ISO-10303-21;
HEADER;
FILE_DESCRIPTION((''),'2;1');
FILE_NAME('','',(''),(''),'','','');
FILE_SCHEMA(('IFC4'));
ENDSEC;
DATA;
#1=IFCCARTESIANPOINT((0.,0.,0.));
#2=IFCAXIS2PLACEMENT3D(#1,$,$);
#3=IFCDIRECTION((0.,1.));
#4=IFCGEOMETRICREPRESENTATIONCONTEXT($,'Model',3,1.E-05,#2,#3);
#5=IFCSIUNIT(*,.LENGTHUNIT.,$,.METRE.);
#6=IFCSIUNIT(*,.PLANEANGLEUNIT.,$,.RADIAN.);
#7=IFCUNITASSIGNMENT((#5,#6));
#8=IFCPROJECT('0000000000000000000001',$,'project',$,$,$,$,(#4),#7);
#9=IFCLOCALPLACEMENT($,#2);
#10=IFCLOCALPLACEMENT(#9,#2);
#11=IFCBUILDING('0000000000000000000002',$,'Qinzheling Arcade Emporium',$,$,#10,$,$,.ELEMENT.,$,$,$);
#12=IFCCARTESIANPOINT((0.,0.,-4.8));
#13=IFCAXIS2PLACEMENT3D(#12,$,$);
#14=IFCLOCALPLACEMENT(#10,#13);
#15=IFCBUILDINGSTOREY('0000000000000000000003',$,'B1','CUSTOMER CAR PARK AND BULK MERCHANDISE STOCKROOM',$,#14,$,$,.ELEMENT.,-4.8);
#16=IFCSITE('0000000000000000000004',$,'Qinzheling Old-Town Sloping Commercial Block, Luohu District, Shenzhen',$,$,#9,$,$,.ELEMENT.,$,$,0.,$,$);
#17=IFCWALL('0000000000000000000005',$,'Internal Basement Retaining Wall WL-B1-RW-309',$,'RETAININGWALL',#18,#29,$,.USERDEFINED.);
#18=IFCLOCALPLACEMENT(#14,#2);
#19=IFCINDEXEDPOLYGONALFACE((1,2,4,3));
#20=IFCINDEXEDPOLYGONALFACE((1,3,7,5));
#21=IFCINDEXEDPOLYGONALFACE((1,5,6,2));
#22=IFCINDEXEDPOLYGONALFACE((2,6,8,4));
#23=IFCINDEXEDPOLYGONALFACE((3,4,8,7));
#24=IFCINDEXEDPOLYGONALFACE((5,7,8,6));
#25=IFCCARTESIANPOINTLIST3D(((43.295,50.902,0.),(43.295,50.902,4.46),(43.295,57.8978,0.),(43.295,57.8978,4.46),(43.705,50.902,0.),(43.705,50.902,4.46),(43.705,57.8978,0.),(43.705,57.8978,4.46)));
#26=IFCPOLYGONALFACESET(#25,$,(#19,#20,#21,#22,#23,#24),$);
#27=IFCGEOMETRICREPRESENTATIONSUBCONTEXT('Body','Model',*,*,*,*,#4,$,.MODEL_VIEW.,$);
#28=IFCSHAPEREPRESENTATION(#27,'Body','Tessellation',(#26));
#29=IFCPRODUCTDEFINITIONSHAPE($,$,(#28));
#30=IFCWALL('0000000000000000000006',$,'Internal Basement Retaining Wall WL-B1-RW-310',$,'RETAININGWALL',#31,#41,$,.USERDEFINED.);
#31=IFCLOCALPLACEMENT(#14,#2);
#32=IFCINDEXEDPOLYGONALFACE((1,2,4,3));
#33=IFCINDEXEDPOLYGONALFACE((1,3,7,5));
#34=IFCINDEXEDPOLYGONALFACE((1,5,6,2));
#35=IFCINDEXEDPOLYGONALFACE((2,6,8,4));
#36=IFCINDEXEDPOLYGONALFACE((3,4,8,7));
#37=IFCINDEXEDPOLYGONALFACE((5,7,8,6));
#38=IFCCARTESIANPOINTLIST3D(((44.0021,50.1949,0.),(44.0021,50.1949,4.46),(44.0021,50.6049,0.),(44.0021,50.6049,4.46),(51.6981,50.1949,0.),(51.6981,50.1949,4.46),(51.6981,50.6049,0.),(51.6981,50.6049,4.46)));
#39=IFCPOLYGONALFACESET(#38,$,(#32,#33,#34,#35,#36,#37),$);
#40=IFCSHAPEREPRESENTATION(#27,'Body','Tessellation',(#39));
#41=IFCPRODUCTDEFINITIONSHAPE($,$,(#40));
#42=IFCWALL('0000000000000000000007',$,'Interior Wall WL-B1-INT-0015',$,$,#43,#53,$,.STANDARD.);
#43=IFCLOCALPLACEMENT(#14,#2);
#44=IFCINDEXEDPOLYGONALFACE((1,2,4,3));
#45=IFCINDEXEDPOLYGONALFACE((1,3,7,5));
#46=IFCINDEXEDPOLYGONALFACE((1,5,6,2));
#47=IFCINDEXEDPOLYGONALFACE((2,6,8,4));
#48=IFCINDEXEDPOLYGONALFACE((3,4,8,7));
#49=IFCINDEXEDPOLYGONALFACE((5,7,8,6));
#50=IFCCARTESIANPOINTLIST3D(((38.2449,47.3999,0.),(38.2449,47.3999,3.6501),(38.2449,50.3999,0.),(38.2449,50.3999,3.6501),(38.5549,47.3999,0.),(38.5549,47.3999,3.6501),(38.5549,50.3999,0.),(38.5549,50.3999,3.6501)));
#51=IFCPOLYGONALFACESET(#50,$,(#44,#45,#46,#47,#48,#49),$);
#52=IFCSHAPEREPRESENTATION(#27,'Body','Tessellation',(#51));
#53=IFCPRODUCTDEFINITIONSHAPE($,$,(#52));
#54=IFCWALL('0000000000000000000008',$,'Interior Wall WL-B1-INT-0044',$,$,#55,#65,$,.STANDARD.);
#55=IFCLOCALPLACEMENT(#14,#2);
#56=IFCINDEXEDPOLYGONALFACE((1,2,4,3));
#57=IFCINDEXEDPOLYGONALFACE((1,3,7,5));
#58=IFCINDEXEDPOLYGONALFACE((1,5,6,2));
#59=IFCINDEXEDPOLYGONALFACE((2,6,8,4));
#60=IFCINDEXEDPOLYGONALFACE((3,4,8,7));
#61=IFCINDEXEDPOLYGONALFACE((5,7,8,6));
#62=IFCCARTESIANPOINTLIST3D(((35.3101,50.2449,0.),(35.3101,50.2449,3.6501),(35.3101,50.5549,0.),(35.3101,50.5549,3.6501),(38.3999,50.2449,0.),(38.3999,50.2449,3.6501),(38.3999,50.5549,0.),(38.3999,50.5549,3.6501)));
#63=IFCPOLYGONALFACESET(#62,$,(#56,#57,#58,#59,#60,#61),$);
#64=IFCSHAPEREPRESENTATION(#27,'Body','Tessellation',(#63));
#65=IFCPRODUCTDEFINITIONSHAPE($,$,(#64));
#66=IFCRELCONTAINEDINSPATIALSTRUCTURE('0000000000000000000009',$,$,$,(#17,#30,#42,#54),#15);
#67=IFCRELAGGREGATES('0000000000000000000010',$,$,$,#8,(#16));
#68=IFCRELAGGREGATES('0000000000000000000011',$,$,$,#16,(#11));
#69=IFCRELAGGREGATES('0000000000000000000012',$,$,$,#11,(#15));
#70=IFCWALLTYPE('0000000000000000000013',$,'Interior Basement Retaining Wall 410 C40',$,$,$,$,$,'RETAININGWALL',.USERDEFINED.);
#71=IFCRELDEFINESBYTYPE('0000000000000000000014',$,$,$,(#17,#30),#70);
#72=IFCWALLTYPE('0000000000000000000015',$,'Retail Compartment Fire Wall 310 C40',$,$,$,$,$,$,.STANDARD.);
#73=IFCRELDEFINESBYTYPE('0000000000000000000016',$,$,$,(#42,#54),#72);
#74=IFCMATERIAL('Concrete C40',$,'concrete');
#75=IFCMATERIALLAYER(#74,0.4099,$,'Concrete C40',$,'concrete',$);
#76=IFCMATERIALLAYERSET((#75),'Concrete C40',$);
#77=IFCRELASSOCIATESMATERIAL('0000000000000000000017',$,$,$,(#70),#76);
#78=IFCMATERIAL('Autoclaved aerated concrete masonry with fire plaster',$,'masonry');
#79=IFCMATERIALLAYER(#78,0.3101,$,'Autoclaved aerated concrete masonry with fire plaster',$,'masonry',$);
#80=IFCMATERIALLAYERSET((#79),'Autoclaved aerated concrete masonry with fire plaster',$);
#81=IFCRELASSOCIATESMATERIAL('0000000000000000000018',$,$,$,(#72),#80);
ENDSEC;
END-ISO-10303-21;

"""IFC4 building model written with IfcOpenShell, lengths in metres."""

from ifc_helpers import new_model, si_unit, direction, frame, frame_2d, origin, place, context, subcontext, project, spatial, rectangle, extrude, material, layer, layer_set, type_object, element, save


model = new_model("IFC4")

# Units and contexts
model_context = context("Model", 3, precision=1e-05, world=origin(), true_north=direction((0.0, 1.0)))
body_context = subcontext(model_context, "Body", "Model", "MODEL_VIEW")
ifc_project = project(units=[si_unit("LENGTHUNIT", "METRE"), si_unit("PLANEANGLEUNIT", "RADIAN")], contexts=[model_context])

# Site, building, storey
site_placement = place(None, origin())
site = spatial("IfcSite", under=ifc_project, at=site_placement, Name="Qinzheling Old-Town Sloping Commercial Block, Luohu District, Shenzhen", CompositionType="ELEMENT", RefElevation=0.0)
building_placement = place(site_placement, origin())
building = spatial("IfcBuilding", under=site, at=building_placement, Name="Qinzheling Arcade Emporium", CompositionType="ELEMENT")
storey_placement = place(building_placement, frame((0.0, 0.0, -4.8)))
storey = spatial("IfcBuildingStorey", under=building, at=storey_placement, Name="B1", Description="CUSTOMER CAR PARK AND BULK MERCHANDISE STOCKROOM", CompositionType="ELEMENT", Elevation=-4.8)

# Shared definitions
ifc_material_1 = material(Name="Concrete C40", Category="concrete")

# Walls
ifc_layer_1 = layer(ifc_material_1, 0.4099, Name="Concrete C40", Category="concrete")
ifc_layer_set_1 = layer_set([ifc_layer_1], Name="Concrete C40")
wall_type_1 = type_object("IfcWallType", Name="Interior Basement Retaining Wall 410 C40", ElementType="RETAININGWALL", PredefinedType="USERDEFINED", material=ifc_layer_set_1)
wall_1_placement = place(storey_placement, frame((43.5, 57.8979, 0.0), z_axis=(0.0, 0.0, 1.0), x_axis=(0.0, -1.0, 0.0)))
element("IfcWall", 1, at=wall_1_placement, inside=storey, type_object=wall_type_1, Name="Internal Basement Retaining Wall WL-B1-RW-309", ObjectType="RETAININGWALL", PredefinedType="USERDEFINED", context=body_context, shape_type="SweptSolid", body=[
    extrude(rectangle(XDim=6.9958, YDim=0.4099, at=frame_2d((3.498, 0.0))), origin(), (0.0, 0.0, 1.0), 4.46),
])
wall_2_placement = place(storey_placement, frame((44.002, 50.3999, 0.0), z_axis=(0.0, 0.0, 1.0), x_axis=(1.0, 0.0, 0.0)))
element("IfcWall", 2, at=wall_2_placement, inside=storey, type_object=wall_type_1, Name="Internal Basement Retaining Wall WL-B1-RW-310", ObjectType="RETAININGWALL", PredefinedType="USERDEFINED", context=body_context, shape_type="SweptSolid", body=[
    extrude(rectangle(XDim=7.696, YDim=0.4099, at=frame_2d((3.8481, 0.0))), origin(), (0.0, 0.0, 1.0), 4.46),
])
ifc_material_2 = material(Name="Autoclaved aerated concrete masonry with fire plaster", Category="masonry")
ifc_layer_2 = layer(ifc_material_2, 0.3101, Name="Autoclaved aerated concrete masonry with fire plaster", Category="masonry")
ifc_layer_set_2 = layer_set([ifc_layer_2], Name="Autoclaved aerated concrete masonry with fire plaster")
wall_type_2 = type_object("IfcWallType", Name="Retail Compartment Fire Wall 310 C40", PredefinedType="STANDARD", material=ifc_layer_set_2)
wall_3_placement = place(storey_placement, frame((38.3999, 47.3999, 0.0), z_axis=(0.0, 0.0, 1.0), x_axis=(0.0, 1.0, 0.0)))
element("IfcWall", 3, at=wall_3_placement, inside=storey, type_object=wall_type_2, Name="Interior Wall WL-B1-INT-0015", PredefinedType="STANDARD", context=body_context, shape_type="SweptSolid", body=[
    extrude(rectangle(XDim=3.0, YDim=0.3101, at=frame_2d((1.5, 0.0))), origin(), (0.0, 0.0, 1.0), 3.6501),
])
wall_4_placement = place(storey_placement, frame((35.3101, 50.3999, 0.0), z_axis=(0.0, 0.0, 1.0), x_axis=(1.0, 0.0, 0.0)))
element("IfcWall", 4, at=wall_4_placement, inside=storey, type_object=wall_type_2, Name="Interior Wall WL-B1-INT-0044", PredefinedType="STANDARD", context=body_context, shape_type="SweptSolid", body=[
    extrude(rectangle(XDim=3.0898, YDim=0.3101, at=frame_2d((1.5449, 0.0))), origin(), (0.0, 0.0, 1.0), 3.6501),
])

save(model, "model.ifc")
